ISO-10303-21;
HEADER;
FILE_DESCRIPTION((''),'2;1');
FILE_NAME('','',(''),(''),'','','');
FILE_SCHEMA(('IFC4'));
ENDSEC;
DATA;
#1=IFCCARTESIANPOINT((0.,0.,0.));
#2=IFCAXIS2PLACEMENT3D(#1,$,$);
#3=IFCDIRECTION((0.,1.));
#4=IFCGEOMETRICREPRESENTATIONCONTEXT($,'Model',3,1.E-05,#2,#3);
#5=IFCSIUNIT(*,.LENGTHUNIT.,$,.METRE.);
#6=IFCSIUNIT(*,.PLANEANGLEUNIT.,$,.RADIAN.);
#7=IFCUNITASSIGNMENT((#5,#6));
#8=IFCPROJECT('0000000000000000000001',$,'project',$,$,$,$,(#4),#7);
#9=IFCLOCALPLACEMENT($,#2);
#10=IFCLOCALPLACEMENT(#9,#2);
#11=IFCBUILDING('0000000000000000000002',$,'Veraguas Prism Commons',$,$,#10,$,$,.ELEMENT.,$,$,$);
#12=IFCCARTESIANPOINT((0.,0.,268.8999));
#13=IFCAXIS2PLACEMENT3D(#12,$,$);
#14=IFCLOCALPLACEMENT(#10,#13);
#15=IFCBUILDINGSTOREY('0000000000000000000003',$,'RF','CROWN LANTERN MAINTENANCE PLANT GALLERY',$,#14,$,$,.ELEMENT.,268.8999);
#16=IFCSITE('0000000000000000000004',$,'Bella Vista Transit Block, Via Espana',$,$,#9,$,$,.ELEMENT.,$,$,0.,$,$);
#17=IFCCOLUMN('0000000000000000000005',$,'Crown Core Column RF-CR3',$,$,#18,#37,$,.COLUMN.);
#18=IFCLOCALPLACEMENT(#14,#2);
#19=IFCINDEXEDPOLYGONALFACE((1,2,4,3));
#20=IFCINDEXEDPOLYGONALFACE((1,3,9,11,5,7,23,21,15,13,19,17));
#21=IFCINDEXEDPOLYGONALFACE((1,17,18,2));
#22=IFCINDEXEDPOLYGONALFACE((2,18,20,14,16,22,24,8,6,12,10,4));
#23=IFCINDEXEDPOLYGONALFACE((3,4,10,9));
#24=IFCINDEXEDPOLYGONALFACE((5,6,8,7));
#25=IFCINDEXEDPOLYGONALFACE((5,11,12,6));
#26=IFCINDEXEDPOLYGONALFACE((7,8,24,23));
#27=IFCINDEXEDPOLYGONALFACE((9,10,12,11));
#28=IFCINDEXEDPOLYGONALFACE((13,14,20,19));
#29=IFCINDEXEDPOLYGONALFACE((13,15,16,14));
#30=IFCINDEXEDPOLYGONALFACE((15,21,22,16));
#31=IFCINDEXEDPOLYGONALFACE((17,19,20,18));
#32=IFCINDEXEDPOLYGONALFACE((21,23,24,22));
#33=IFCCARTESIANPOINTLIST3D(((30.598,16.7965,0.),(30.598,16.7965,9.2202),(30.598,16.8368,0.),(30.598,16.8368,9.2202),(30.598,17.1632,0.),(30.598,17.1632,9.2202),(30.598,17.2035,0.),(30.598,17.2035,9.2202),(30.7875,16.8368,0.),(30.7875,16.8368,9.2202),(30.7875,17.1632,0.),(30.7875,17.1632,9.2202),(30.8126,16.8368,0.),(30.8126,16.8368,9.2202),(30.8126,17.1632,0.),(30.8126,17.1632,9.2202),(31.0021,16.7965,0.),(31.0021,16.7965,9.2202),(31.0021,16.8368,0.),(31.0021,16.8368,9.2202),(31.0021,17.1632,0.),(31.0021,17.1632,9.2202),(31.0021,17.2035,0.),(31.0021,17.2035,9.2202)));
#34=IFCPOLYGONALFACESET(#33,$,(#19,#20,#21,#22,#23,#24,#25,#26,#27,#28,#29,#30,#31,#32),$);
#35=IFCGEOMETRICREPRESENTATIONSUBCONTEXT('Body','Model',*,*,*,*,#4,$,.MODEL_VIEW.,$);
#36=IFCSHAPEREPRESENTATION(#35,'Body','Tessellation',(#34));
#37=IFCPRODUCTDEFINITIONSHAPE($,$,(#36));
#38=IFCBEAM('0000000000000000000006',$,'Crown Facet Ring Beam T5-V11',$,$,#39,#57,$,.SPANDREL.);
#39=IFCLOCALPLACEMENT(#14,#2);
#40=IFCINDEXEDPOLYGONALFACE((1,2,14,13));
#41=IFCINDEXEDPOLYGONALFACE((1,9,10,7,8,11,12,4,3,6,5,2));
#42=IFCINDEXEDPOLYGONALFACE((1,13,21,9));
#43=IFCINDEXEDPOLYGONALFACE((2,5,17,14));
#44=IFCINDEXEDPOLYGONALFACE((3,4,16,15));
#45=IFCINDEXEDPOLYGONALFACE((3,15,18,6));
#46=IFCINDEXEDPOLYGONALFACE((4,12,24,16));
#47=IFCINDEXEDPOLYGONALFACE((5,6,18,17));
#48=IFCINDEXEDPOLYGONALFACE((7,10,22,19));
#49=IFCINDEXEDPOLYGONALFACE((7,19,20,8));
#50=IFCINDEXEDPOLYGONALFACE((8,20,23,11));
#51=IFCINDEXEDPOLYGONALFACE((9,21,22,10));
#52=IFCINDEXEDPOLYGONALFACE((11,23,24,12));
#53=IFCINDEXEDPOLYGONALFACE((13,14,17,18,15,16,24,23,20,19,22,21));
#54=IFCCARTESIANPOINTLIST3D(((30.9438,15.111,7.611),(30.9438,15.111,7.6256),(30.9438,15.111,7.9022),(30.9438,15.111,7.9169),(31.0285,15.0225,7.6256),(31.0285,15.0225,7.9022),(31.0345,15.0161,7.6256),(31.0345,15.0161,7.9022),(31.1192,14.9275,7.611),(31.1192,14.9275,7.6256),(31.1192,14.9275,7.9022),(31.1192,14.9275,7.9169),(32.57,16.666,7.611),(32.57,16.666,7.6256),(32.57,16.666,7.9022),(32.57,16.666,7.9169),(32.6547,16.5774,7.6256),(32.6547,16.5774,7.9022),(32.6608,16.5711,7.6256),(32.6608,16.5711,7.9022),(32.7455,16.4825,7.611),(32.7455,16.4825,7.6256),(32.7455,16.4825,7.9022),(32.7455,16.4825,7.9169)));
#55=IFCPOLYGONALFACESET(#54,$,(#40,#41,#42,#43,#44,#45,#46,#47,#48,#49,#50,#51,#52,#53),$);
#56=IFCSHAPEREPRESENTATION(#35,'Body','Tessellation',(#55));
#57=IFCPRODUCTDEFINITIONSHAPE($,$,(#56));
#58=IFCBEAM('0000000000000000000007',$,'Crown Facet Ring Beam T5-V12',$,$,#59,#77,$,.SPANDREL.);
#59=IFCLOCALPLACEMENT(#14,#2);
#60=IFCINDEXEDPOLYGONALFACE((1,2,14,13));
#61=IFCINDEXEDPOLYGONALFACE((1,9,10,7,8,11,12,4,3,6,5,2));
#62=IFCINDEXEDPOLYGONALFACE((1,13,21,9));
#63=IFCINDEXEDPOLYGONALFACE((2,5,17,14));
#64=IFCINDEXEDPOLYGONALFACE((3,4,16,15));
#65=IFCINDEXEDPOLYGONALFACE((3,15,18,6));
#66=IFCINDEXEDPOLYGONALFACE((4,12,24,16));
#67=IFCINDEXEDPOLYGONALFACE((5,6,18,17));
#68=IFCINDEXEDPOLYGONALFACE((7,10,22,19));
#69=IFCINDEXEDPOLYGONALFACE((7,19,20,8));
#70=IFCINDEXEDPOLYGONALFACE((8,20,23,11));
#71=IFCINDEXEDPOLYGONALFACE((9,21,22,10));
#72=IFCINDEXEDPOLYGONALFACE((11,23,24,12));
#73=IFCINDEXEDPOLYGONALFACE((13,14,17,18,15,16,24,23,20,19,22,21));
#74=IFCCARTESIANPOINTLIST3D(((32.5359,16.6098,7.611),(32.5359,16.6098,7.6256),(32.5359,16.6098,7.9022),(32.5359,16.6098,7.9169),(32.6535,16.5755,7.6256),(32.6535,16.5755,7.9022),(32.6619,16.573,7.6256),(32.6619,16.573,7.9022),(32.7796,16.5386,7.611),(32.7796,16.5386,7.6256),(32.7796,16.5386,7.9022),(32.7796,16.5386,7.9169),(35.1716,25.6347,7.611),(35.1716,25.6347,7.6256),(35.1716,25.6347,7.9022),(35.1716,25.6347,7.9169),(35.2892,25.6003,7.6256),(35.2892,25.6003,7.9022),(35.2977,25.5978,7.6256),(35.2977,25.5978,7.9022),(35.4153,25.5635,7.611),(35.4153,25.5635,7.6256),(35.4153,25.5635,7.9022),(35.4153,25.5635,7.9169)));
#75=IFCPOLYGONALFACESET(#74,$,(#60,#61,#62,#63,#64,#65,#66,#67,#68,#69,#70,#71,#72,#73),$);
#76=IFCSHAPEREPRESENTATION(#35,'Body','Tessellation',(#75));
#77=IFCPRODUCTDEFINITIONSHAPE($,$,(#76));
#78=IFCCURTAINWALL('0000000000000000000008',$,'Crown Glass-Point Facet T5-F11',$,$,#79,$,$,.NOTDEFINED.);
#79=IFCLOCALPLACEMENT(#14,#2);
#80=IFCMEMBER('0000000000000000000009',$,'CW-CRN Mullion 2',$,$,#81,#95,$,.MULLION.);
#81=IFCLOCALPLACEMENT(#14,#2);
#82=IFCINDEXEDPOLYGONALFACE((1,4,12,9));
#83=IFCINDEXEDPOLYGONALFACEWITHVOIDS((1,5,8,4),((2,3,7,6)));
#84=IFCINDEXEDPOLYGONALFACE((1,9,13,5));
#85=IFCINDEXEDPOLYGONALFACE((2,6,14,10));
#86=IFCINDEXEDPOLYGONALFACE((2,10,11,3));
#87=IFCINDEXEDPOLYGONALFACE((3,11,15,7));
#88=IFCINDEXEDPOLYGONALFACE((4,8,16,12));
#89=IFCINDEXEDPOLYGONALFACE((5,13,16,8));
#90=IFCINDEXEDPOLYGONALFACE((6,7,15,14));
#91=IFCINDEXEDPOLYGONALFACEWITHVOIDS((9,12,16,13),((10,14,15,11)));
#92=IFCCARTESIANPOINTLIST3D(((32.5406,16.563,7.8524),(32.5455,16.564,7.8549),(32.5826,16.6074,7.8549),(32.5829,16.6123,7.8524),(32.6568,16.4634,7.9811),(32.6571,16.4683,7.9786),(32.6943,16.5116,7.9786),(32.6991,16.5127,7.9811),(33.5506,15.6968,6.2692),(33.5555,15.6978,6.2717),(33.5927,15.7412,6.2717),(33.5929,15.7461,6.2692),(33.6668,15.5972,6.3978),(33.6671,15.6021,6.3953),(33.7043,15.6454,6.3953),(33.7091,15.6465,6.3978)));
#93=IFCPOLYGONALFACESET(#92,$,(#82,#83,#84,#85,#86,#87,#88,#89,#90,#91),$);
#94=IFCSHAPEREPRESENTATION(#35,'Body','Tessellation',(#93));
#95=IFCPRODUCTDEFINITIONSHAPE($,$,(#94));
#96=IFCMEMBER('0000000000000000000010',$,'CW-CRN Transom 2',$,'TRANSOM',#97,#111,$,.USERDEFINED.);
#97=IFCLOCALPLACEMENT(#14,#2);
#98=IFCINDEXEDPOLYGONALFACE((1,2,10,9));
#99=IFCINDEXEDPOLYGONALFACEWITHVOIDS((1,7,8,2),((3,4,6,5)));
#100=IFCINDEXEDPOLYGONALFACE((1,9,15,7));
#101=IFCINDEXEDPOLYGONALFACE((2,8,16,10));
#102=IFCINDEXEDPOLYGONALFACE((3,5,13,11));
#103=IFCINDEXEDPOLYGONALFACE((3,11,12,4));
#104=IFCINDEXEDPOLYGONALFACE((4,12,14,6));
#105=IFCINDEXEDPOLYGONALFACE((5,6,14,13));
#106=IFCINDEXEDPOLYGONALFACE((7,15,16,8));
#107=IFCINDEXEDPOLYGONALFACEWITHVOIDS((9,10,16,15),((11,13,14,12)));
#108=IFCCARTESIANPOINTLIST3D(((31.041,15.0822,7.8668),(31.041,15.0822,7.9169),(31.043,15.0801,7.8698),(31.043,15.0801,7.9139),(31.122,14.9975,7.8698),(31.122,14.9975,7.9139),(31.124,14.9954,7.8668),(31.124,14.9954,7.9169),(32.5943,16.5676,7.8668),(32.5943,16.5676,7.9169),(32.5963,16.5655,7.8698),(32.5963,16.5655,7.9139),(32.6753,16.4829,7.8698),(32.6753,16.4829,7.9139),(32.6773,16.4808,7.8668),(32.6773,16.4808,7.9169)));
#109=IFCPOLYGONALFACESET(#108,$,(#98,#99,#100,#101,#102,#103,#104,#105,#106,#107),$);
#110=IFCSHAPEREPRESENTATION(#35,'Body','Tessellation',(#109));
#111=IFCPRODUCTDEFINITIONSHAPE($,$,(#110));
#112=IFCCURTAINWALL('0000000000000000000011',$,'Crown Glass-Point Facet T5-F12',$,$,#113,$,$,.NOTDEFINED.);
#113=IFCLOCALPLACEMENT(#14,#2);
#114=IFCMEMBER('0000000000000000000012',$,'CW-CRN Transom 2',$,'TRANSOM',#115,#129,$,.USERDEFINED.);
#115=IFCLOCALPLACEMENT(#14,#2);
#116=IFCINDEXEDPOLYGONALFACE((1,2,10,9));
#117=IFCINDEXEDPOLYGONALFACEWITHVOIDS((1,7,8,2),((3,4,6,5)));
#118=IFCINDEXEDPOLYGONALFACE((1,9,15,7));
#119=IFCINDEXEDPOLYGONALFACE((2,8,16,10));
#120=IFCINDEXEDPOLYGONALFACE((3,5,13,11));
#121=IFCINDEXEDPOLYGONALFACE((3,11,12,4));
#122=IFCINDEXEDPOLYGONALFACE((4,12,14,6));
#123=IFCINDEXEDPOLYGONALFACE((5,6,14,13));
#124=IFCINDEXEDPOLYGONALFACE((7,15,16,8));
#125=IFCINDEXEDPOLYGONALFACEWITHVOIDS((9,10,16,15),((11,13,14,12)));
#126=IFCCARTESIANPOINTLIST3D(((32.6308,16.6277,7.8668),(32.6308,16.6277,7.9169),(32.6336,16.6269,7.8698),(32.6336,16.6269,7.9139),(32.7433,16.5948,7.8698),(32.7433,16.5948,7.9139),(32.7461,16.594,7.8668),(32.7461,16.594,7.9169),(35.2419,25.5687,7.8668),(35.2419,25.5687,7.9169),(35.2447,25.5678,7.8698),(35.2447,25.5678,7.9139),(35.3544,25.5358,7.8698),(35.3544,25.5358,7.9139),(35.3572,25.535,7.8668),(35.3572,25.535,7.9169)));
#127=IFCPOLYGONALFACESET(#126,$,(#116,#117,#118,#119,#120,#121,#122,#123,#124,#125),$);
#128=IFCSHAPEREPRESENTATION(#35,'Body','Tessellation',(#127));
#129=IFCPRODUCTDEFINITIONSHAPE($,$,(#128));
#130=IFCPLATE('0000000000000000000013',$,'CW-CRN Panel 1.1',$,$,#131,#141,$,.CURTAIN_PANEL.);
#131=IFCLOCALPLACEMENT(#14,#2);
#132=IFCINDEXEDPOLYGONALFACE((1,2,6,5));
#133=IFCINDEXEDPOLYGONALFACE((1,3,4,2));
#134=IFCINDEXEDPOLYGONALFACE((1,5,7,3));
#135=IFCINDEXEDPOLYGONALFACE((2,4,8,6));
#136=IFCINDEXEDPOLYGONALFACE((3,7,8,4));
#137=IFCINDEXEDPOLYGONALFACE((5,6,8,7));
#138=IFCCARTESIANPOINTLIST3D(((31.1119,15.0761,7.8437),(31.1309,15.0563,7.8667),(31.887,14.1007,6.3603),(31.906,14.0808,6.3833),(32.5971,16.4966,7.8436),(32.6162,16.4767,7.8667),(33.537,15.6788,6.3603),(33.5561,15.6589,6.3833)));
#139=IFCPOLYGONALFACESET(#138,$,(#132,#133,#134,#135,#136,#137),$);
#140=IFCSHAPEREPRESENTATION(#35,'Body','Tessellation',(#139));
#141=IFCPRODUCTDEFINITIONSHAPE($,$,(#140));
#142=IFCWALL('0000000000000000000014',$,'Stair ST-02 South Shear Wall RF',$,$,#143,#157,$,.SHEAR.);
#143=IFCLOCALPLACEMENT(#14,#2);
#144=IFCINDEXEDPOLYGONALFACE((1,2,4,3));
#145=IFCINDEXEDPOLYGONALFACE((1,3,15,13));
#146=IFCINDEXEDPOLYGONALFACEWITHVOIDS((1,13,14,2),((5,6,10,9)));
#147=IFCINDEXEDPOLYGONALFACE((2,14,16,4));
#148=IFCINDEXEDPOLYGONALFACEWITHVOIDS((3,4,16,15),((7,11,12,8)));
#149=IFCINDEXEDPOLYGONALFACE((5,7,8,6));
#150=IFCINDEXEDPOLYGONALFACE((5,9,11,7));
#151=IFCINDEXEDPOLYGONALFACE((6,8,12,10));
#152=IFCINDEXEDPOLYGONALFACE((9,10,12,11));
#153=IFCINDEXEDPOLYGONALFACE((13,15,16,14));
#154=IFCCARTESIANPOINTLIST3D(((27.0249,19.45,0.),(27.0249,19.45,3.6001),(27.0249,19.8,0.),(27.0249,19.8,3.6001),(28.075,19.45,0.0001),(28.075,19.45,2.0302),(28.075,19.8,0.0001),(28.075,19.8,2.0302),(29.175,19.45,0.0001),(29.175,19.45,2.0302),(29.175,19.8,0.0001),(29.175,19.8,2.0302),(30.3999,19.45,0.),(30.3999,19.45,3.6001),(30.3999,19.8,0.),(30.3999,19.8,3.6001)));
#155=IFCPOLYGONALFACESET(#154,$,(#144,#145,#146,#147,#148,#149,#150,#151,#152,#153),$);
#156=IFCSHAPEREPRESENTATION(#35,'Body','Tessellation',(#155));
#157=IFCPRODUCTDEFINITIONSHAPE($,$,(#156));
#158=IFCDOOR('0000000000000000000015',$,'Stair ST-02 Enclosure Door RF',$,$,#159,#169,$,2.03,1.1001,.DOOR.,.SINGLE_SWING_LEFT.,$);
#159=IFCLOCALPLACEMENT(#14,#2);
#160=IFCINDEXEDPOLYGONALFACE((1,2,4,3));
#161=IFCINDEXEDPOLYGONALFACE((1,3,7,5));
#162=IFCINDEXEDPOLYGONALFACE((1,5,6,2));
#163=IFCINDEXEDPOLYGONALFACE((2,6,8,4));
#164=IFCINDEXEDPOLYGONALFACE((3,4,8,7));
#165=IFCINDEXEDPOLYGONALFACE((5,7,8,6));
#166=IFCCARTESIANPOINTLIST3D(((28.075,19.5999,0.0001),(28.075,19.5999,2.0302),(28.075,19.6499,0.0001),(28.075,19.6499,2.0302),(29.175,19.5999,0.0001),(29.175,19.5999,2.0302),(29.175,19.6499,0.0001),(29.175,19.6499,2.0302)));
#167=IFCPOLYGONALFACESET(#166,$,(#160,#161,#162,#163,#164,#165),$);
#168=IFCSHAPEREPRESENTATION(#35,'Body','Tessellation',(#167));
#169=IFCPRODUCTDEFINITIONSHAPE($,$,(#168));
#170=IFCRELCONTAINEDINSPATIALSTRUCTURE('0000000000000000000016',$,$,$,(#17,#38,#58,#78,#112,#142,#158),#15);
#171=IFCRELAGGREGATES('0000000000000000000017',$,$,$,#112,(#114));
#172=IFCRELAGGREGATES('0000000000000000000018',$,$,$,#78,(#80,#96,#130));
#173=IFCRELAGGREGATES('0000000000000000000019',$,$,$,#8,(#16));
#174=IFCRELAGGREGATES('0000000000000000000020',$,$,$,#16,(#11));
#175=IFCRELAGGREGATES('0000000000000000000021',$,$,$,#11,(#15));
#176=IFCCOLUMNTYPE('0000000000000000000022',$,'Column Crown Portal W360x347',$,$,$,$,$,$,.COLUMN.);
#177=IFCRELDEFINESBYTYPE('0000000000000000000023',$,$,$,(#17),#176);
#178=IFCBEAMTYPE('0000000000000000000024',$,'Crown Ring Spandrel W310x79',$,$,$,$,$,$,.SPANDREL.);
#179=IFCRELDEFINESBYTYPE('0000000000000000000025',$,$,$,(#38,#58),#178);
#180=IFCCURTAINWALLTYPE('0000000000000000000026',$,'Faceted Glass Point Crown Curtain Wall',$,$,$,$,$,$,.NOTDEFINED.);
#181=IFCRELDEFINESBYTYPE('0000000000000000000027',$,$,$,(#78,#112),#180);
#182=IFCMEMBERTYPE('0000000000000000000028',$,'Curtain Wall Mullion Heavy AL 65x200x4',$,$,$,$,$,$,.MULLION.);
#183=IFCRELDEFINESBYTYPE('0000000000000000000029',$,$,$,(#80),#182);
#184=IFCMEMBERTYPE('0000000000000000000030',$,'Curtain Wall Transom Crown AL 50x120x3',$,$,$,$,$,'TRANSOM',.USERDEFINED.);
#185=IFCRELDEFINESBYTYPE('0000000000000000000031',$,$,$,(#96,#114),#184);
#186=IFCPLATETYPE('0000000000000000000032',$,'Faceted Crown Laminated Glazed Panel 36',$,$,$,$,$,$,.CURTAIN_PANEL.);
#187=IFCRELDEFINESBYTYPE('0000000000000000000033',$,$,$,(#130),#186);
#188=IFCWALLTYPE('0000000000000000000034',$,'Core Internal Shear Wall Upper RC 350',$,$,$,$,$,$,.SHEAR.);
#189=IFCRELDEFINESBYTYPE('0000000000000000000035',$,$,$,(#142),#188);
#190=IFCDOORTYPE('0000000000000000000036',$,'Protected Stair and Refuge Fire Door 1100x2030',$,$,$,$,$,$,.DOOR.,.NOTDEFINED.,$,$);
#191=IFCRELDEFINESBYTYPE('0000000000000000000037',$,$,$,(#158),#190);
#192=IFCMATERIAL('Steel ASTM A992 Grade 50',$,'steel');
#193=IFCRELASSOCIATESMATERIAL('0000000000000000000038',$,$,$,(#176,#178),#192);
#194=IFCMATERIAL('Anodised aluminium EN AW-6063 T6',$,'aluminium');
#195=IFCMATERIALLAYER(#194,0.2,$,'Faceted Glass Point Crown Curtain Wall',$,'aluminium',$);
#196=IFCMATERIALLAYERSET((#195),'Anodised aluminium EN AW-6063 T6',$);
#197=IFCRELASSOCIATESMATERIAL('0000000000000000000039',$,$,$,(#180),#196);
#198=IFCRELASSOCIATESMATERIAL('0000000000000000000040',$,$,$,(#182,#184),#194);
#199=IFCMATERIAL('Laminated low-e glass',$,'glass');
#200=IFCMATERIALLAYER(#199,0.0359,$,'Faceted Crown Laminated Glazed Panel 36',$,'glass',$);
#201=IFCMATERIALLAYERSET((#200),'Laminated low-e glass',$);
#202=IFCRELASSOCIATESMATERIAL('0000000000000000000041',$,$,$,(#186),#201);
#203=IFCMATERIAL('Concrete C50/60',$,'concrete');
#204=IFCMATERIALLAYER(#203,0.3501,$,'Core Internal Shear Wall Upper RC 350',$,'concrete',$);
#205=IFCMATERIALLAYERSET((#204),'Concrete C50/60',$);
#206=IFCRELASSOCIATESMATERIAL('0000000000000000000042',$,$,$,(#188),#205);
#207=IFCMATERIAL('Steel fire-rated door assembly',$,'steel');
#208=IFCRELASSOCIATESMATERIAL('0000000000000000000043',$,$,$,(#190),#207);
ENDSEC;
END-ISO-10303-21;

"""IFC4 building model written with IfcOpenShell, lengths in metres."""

from ifc_helpers import new_model, si_unit, direction, frame, frame_2d, origin, origin_2d, place, context, subcontext, project, spatial, polyline, rectangle, hollow_rectangle, i_section, outline, extrude, source, transform, mapped, material, layer, layer_set, material_profile, profile_set, type_object, element, fill, aggregate, save


model = new_model("IFC4")

# Units and contexts
model_context = context("Model", 3, precision=1e-05, world=origin(), true_north=direction((0.0, 1.0)))
body_context = subcontext(model_context, "Body", "Model", "MODEL_VIEW")
ifc_project = project(units=[si_unit("LENGTHUNIT", "METRE"), si_unit("PLANEANGLEUNIT", "RADIAN")], contexts=[model_context])

# Site, building, storey
site_placement = place(None, origin())
site = spatial("IfcSite", under=ifc_project, at=site_placement, Name="Bella Vista Transit Block, Via Espana", CompositionType="ELEMENT", RefElevation=0.0)
building_placement = place(site_placement, origin())
building = spatial("IfcBuilding", under=site, at=building_placement, Name="Veraguas Prism Commons", CompositionType="ELEMENT")
storey_placement = place(building_placement, frame((0.0, 0.0, 268.8999)))
storey = spatial("IfcBuildingStorey", under=building, at=storey_placement, Name="RF", Description="CROWN LANTERN MAINTENANCE PLANT GALLERY", CompositionType="ELEMENT", Elevation=268.8999)

# Column
ifc_material_1 = material(Name="Steel ASTM A992 Grade 50", Category="steel")
ifc_material_profile_1 = material_profile(ifc_material_1, i_section(OverallWidth=0.4041, OverallDepth=0.407, WebThickness=0.0251, FlangeThickness=0.0403, at=origin_2d()), Name="W360X347")
ifc_profile_set_1 = profile_set([ifc_material_profile_1], Name="Steel ASTM A992 Grade 50")
column_type = type_object("IfcColumnType", Name="Column Crown Portal W360x347", PredefinedType="COLUMN", material=ifc_profile_set_1)
column_placement = place(storey_placement, frame((30.8, 17.0, 0.0), z_axis=(0.0, 0.0, 1.0), x_axis=(1.0, 0.0, 0.0)))
element("IfcColumn", 1, at=column_placement, inside=storey, type_object=column_type, Name="Crown Core Column RF-CR3", PredefinedType="COLUMN", context=body_context, shape_type="SweptSolid", body=[
    extrude(i_section(OverallWidth=0.4041, OverallDepth=0.407, WebThickness=0.0251, FlangeThickness=0.0403, at=origin_2d()), origin(), (0.0, 0.0, 1.0), 9.2202),
])

# Beams
ifc_material_profile_2 = material_profile(ifc_material_1, i_section(OverallWidth=0.2539, OverallDepth=0.3059, WebThickness=0.0088, FlangeThickness=0.0146, at=origin_2d()), Name="W310X79")
ifc_profile_set_2 = profile_set([ifc_material_profile_2], Name="Steel ASTM A992 Grade 50")
beam_type = type_object("IfcBeamType", Name="Crown Ring Spandrel W310x79", PredefinedType="SPANDREL", material=ifc_profile_set_2)
beam_1_placement = place(storey_placement, frame((31.0315, 15.0193, 7.7639), z_axis=(0.722771, 0.691087, 0.0), x_axis=(-0.691087, 0.722771, 0.0)))
element("IfcBeam", 2, at=beam_1_placement, inside=storey, type_object=beam_type, Name="Crown Facet Ring Beam T5-V11", PredefinedType="SPANDREL", context=body_context, shape_type="SweptSolid", body=[
    extrude(i_section(OverallWidth=0.2539, OverallDepth=0.3059, WebThickness=0.0088, FlangeThickness=0.0146, at=origin_2d()), origin(), (0.0, 0.0, 1.0), 2.25),
])
beam_2_placement = place(storey_placement, frame((32.6577, 16.5742, 7.7639), z_axis=(0.280341, 0.9599, 0.0), x_axis=(-0.9599, 0.280341, 0.0)))
element("IfcBeam", 3, at=beam_2_placement, inside=storey, type_object=beam_type, Name="Crown Facet Ring Beam T5-V12", PredefinedType="SPANDREL", context=body_context, shape_type="SweptSolid", body=[
    extrude(i_section(OverallWidth=0.2539, OverallDepth=0.3059, WebThickness=0.0088, FlangeThickness=0.0146, at=origin_2d()), origin(), (0.0, 0.0, 1.0), 9.4019),
])

# Curtain wall, members
ifc_material_2 = material(Name="Anodised aluminium EN AW-6063 T6", Category="aluminium")
ifc_layer_1 = layer(ifc_material_2, 0.2, Name="Faceted Glass Point Crown Curtain Wall", Category="aluminium")
ifc_layer_set_1 = layer_set([ifc_layer_1], Name="Anodised aluminium EN AW-6063 T6")
curtain_wall_type = type_object("IfcCurtainWallType", Name="Faceted Glass Point Crown Curtain Wall", PredefinedType="NOTDEFINED", material=ifc_layer_set_1)
curtain_wall_1_placement = place(storey_placement, origin())
curtain_wall_1 = element("IfcCurtainWall", 4, at=curtain_wall_1_placement, inside=storey, type_object=curtain_wall_type, Name="Crown Glass-Point Facet T5-F11", PredefinedType="NOTDEFINED")
ifc_material_profile_3 = material_profile(ifc_material_2, hollow_rectangle(XDim=0.0649, YDim=0.2, WallThickness=0.0039, at=origin_2d()), Name="AL65X200X4")
ifc_profile_set_3 = profile_set([ifc_material_profile_3], Name="Anodised aluminium EN AW-6063 T6")
member_type_1 = type_object("IfcMemberType", Name="Curtain Wall Mullion Heavy AL 65x200x4", PredefinedType="MULLION", material=ifc_profile_set_3)
shared_shape_1 = source(origin(), body_context, "Body", "SweptSolid", [
    extrude(hollow_rectangle(XDim=0.0649, YDim=0.2, WallThickness=0.0039, at=origin_2d()), origin(), (0.0, 0.0, 1.0), 2.0681),
])
member_1_placement = place(storey_placement, frame((33.6299, 15.6716, 6.3335), z_axis=(-0.488371, 0.418839, 0.765551), x_axis=(-0.651003, -0.759075, 0.0)))
member_1 = element("IfcMember", 5, at=member_1_placement, type_object=member_type_1, Name="CW-CRN Mullion 2", PredefinedType="MULLION", context=body_context, shape_type="MappedRepresentation", body=[
    mapped(shared_shape_1, transform((0.0, 0.0, 0.0), scale=1.0)),
])
ifc_material_profile_4 = material_profile(ifc_material_2, hollow_rectangle(XDim=0.05, YDim=0.1201, WallThickness=0.0029, at=origin_2d()), Name="AL50X120X3")
ifc_profile_set_4 = profile_set([ifc_material_profile_4], Name="Anodised aluminium EN AW-6063 T6")
member_type_2 = type_object("IfcMemberType", Name="Curtain Wall Transom Crown AL 50x120x3", ElementType="TRANSOM", PredefinedType="USERDEFINED", material=ifc_profile_set_4)
shared_shape_2 = source(origin(), body_context, "Body", "SweptSolid", [
    extrude(hollow_rectangle(XDim=0.05, YDim=0.1201, WallThickness=0.0029, at=origin_2d()), origin(), (0.0, 0.0, 1.0), 2.1492),
])
member_2_placement = place(storey_placement, frame((31.0825, 15.0388, 7.8918), z_axis=(0.722721, 0.69114, 0.0), x_axis=(0.0, 0.0, 1.0)))
member_2 = element("IfcMember", 6, at=member_2_placement, type_object=member_type_2, Name="CW-CRN Transom 2", ObjectType="TRANSOM", PredefinedType="USERDEFINED", context=body_context, shape_type="MappedRepresentation", body=[
    mapped(shared_shape_2, transform((0.0, 0.0, 0.0), scale=1.0)),
])

# Curtain wall, member
curtain_wall_2_placement = place(storey_placement, origin())
curtain_wall_2 = element("IfcCurtainWall", 7, at=curtain_wall_2_placement, inside=storey, type_object=curtain_wall_type, Name="Crown Glass-Point Facet T5-F12", PredefinedType="NOTDEFINED")
shared_shape_3 = source(origin(), body_context, "Body", "SweptSolid", [
    extrude(hollow_rectangle(XDim=0.05, YDim=0.1201, WallThickness=0.0029, at=origin_2d()), origin(), (0.0, 0.0, 1.0), 9.3145),
])
member_3_placement = place(storey_placement, frame((32.6885, 16.6108, 7.8918), z_axis=(0.280328, 0.959904, 0.0), x_axis=(0.0, 0.0, 1.0)))
member_3 = element("IfcMember", 8, at=member_3_placement, type_object=member_type_2, Name="CW-CRN Transom 2", ObjectType="TRANSOM", PredefinedType="USERDEFINED", context=body_context, shape_type="MappedRepresentation", body=[
    mapped(shared_shape_3, transform((0.0, 0.0, 0.0), scale=1.0)),
])
aggregate(curtain_wall_2, [member_3])

# Plate
ifc_material_3 = material(Name="Laminated low-e glass", Category="glass")
ifc_layer_2 = layer(ifc_material_3, 0.0359, Name="Faceted Crown Laminated Glazed Panel 36", Category="glass")
ifc_layer_set_2 = layer_set([ifc_layer_2], Name="Laminated low-e glass")
plate_type = type_object("IfcPlateType", Name="Faceted Crown Laminated Glazed Panel 36", PredefinedType="CURTAIN_PANEL", material=ifc_layer_set_2)
plate_placement = place(storey_placement, frame((31.906, 14.0808, 6.3833), z_axis=(0.530181, -0.554353, 0.641561), x_axis=(0.722693, 0.691169, -0.000011)))
plate = element("IfcPlate", 9, at=plate_placement, type_object=plate_type, Name="CW-CRN Panel 1.1", PredefinedType="CURTAIN_PANEL", context=body_context, shape_type="SweptSolid", body=[
    extrude(outline(polyline([(0.0, 0.0), (2.2832, 0.0), (2.1692, 1.9338), (0.114, 1.9338), (0.0, 0.0)])), origin(), (0.0, 0.0, -1.0), 0.0359),
])
aggregate(curtain_wall_1, [member_1, member_2, plate])

# Wall, opening, door
ifc_material_4 = material(Name="Concrete C50/60", Category="concrete")
ifc_layer_3 = layer(ifc_material_4, 0.3501, Name="Core Internal Shear Wall Upper RC 350", Category="concrete")
ifc_layer_set_3 = layer_set([ifc_layer_3], Name="Concrete C50/60")
wall_type_1 = type_object("IfcWallType", Name="Core Internal Shear Wall Upper RC 350", PredefinedType="SHEAR", material=ifc_layer_set_3)
wall_1_placement = place(storey_placement, frame((27.0249, 19.625, 0.0), z_axis=(0.0, 0.0, 1.0), x_axis=(1.0, 0.0, 0.0)))
wall_1 = element("IfcWall", 10, at=wall_1_placement, inside=storey, type_object=wall_type_1, Name="Stair ST-02 South Shear Wall RF", PredefinedType="SHEAR", context=body_context, shape_type="SweptSolid", body=[
    extrude(rectangle(XDim=3.375, YDim=0.3501, at=frame_2d((1.6875, 0.0))), origin(), (0.0, 0.0, 1.0), 3.6001),
])
opening_1_placement = place(wall_1_placement, frame((1.05, 0.0, 0.0)))
opening_1 = element("IfcOpeningElement", 11, at=opening_1_placement, cuts=wall_1, PredefinedType="OPENING", context=body_context, shape_type="SweptSolid", body=[
    extrude(rectangle(XDim=1.1001, YDim=2.03, at=frame_2d((0.55, 1.0151))), frame((0.0, 0.1851, 0.0), z_axis=(0.0, -1.0, 0.0), x_axis=(1.0, 0.0, 0.0)), (0.0, 0.0, 1.0), 0.3701),
])
ifc_material_5 = material(Name="Steel fire-rated door assembly", Category="steel")
door_type_1 = type_object("IfcDoorType", Name="Protected Stair and Refuge Fire Door 1100x2030", OperationType="NOTDEFINED", PredefinedType="DOOR", material=ifc_material_5)
shared_shape_4 = source(origin(), body_context, "Body", "SweptSolid", [
    extrude(rectangle(XDim=1.1001, YDim=2.03, at=frame_2d((0.55, 1.0151))), frame((0.0, 0.0249, 0.0), z_axis=(0.0, -1.0, 0.0), x_axis=(1.0, 0.0, 0.0)), (0.0, 0.0, 1.0), 0.05),
])
door_1_placement = place(opening_1_placement, origin())
door_1 = element("IfcDoor", 12, at=door_1_placement, inside=storey, type_object=door_type_1, Name="Stair ST-02 Enclosure Door RF", OperationType="SINGLE_SWING_LEFT", OverallHeight=2.03, OverallWidth=1.1001, PredefinedType="DOOR", context=body_context, shape_type="MappedRepresentation", body=[
    mapped(shared_shape_4, transform((0.0, 0.0, 0.0), scale=1.0)),
])
fill(opening_1, door_1)

save(model, "model.ifc")
